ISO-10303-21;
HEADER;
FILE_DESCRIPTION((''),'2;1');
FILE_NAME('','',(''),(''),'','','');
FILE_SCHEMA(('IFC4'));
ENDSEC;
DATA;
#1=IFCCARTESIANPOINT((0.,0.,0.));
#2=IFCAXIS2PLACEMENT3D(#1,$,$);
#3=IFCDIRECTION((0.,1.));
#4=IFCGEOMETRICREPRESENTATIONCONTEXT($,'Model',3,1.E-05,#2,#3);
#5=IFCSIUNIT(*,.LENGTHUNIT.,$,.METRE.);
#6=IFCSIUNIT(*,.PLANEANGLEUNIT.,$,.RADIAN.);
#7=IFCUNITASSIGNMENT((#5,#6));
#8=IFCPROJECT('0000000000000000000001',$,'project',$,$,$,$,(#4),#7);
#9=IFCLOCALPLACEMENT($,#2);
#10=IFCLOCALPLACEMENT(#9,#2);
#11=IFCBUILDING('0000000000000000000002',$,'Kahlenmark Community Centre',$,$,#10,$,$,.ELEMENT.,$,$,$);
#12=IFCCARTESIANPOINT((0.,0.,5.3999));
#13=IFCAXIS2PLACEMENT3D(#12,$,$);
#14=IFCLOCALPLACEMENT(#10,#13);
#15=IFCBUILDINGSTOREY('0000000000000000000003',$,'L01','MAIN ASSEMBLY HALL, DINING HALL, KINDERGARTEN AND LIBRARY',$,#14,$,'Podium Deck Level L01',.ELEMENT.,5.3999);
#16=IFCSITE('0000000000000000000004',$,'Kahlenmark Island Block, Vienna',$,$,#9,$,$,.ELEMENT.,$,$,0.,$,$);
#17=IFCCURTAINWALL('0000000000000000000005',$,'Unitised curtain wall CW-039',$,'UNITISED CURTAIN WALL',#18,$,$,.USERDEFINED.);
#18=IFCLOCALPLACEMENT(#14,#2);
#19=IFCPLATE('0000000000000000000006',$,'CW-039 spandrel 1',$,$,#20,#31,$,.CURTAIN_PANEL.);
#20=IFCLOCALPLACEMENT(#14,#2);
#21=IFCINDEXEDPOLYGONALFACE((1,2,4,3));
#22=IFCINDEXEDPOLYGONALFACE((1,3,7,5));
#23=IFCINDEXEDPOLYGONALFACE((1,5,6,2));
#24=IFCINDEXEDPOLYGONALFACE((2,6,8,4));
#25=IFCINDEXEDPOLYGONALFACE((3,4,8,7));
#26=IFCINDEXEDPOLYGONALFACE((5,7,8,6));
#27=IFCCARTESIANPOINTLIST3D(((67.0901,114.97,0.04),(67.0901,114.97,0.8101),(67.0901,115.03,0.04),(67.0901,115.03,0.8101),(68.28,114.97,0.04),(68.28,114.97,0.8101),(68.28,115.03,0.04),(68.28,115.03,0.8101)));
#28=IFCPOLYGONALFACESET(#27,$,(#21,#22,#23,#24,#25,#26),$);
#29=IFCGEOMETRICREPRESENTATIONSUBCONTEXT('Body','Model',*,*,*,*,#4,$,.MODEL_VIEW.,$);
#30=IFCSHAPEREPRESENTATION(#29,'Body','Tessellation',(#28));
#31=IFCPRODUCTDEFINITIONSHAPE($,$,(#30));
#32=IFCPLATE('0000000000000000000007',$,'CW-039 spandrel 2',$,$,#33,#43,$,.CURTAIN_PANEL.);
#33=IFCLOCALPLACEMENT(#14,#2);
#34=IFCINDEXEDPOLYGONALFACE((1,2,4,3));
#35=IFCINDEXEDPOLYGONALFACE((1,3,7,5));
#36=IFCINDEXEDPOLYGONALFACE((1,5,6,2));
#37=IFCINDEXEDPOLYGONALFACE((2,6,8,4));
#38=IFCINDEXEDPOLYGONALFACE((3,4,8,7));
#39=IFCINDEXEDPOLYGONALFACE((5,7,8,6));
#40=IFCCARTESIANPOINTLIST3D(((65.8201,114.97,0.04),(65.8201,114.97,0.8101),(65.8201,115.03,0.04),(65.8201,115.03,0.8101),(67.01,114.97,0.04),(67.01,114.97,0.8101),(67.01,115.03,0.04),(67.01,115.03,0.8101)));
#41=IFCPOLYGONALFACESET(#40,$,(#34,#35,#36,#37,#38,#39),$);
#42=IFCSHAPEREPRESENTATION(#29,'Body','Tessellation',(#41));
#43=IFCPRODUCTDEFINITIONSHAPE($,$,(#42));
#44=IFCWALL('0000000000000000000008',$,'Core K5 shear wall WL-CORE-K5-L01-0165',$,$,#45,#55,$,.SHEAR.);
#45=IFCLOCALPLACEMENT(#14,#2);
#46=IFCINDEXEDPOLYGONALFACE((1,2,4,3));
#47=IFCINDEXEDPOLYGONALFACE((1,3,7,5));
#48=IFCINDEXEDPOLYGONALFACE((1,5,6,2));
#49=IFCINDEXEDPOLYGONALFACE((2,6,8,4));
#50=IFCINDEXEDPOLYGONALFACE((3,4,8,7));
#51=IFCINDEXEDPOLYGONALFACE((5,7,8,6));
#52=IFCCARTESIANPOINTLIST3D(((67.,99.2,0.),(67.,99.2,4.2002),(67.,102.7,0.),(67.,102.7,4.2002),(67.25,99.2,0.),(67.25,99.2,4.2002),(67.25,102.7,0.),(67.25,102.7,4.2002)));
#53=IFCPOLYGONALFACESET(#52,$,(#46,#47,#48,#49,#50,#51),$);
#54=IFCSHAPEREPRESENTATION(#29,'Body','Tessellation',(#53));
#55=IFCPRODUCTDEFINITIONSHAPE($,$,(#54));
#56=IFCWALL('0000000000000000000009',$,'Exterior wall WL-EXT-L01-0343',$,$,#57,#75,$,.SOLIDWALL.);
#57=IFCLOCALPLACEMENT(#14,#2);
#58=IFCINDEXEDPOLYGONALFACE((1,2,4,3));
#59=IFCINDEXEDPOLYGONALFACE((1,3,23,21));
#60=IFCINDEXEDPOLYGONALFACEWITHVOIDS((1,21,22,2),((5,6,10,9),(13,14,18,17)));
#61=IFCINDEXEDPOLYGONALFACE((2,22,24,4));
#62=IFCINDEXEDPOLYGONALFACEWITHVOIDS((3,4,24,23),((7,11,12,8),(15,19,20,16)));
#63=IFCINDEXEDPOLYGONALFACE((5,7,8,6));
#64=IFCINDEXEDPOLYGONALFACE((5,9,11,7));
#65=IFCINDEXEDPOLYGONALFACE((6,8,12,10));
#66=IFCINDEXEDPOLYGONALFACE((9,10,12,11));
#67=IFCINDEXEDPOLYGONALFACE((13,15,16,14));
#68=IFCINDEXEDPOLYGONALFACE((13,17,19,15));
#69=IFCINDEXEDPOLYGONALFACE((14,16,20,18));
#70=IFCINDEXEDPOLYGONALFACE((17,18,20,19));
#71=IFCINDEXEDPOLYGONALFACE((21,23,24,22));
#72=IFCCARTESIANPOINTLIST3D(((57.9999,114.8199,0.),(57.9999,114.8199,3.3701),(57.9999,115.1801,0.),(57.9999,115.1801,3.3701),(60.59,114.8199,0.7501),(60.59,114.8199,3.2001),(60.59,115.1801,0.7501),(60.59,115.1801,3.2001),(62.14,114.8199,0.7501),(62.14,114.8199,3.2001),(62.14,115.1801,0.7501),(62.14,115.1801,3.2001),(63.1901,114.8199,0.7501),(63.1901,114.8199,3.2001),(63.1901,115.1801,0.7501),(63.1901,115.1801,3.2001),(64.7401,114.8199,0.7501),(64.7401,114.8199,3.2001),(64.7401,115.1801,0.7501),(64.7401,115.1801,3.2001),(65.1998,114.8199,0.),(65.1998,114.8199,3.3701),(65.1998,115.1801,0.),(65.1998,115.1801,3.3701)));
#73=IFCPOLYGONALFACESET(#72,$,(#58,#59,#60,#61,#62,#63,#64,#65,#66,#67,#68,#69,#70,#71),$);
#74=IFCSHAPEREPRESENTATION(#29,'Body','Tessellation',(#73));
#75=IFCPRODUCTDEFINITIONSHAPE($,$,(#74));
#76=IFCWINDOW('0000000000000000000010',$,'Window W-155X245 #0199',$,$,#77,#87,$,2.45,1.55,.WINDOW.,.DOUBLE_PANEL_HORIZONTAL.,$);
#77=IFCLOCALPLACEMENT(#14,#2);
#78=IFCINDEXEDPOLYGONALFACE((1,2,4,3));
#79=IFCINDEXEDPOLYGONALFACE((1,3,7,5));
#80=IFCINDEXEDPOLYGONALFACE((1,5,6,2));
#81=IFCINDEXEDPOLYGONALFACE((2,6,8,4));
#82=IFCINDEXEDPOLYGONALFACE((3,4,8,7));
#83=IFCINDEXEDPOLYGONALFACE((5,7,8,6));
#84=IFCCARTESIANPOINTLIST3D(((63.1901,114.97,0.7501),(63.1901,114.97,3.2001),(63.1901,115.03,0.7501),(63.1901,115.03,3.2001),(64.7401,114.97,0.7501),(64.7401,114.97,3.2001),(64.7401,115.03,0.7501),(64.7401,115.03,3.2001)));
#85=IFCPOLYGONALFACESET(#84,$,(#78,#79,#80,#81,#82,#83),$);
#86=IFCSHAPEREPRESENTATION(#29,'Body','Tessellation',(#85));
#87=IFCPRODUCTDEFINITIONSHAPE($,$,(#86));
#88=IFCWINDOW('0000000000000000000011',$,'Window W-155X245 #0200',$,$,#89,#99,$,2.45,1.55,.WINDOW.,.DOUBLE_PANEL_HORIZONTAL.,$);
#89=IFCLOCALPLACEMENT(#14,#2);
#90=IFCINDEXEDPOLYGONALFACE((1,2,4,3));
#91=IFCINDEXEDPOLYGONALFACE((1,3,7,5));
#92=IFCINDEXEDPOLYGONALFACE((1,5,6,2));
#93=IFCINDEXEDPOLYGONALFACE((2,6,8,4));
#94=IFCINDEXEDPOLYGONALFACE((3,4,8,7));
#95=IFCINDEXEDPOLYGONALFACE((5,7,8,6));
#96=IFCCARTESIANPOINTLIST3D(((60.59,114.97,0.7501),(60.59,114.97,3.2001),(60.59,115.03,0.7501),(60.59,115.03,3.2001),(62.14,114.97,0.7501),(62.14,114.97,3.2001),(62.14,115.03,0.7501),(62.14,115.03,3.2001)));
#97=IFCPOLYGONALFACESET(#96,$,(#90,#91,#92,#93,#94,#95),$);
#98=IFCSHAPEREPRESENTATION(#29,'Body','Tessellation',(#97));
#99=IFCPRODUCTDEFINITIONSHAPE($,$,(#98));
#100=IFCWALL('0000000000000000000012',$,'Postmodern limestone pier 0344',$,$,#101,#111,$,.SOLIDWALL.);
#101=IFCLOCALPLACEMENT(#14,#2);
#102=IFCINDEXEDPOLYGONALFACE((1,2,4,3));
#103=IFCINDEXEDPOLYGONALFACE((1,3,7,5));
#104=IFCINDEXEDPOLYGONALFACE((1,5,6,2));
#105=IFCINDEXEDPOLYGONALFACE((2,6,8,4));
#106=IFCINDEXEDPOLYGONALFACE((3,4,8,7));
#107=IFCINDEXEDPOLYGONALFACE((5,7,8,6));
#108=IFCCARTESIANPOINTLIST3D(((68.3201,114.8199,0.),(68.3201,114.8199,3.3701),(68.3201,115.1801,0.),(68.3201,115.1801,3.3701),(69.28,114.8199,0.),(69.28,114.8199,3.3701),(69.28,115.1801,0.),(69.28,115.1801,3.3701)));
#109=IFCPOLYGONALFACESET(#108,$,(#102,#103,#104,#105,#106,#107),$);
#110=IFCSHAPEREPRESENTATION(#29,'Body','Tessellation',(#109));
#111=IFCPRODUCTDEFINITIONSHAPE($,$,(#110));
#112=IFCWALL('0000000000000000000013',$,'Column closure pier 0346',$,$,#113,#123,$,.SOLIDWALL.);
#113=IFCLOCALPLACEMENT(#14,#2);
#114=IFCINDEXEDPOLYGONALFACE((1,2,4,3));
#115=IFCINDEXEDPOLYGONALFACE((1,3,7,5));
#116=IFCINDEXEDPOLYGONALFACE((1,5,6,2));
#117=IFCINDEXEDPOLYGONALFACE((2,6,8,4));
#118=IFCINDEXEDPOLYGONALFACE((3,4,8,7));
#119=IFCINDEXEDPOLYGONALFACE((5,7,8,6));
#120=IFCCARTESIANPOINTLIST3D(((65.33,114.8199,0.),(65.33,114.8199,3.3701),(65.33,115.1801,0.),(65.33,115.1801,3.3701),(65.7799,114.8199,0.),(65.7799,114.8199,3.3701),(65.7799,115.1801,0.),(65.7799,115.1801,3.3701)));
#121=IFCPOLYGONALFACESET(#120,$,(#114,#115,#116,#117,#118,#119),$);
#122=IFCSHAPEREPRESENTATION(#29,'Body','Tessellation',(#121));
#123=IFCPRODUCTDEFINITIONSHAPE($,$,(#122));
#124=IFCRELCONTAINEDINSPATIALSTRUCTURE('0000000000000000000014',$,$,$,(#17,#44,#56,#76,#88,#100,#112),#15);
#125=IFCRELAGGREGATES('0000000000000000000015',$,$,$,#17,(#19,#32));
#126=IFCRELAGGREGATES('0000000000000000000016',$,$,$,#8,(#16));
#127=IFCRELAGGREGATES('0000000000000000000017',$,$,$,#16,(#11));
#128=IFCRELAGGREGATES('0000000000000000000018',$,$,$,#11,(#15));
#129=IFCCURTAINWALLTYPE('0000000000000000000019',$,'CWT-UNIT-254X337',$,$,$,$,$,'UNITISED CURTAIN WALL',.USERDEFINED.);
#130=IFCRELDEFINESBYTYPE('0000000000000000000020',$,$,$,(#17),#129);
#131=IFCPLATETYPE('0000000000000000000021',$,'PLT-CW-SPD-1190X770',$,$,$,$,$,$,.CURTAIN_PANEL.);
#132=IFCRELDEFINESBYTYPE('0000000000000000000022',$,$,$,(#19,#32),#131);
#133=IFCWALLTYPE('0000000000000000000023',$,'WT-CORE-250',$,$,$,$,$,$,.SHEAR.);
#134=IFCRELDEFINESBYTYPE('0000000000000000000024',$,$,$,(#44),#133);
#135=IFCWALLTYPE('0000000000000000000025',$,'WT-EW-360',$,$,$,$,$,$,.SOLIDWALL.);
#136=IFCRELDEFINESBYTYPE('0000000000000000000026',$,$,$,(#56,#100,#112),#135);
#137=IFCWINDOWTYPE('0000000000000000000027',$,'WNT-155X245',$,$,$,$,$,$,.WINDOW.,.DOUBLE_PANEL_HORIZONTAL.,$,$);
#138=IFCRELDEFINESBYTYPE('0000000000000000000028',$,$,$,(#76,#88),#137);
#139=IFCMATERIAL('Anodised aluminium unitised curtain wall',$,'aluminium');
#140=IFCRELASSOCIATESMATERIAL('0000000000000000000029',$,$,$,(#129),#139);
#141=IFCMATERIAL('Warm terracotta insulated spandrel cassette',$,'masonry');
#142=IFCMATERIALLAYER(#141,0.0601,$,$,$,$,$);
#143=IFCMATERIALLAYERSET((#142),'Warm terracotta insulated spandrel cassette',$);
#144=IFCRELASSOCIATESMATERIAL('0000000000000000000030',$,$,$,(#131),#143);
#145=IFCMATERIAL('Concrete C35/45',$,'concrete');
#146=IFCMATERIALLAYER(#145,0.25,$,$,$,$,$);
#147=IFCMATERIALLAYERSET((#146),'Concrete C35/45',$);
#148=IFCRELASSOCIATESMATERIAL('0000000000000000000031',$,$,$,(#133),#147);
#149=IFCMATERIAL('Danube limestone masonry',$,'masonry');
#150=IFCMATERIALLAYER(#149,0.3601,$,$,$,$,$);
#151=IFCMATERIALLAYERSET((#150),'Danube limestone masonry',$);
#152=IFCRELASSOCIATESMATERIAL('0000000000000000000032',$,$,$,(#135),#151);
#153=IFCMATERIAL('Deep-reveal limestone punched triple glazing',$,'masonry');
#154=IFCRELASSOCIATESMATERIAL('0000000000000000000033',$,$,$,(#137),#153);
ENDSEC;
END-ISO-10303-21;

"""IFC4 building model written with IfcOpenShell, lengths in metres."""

from ifc_helpers import new_model, si_unit, direction, frame, frame_2d, origin, origin_2d, place, context, subcontext, project, spatial, rectangle, extrude, material, layer, layer_set, type_object, element, fill, aggregate, save


model = new_model("IFC4")

# Units and contexts
model_context = context("Model", 3, precision=1e-05, world=origin(), true_north=direction((0.0, 1.0)))
body_context = subcontext(model_context, "Body", "Model", "MODEL_VIEW")
ifc_project = project(units=[si_unit("LENGTHUNIT", "METRE"), si_unit("PLANEANGLEUNIT", "RADIAN")], contexts=[model_context])

# Site, building, storey
site_placement = place(None, origin())
site = spatial("IfcSite", under=ifc_project, at=site_placement, Name="Kahlenmark Island Block, Vienna", CompositionType="ELEMENT", RefElevation=0.0)
building_placement = place(site_placement, origin())
building = spatial("IfcBuilding", under=site, at=building_placement, Name="Kahlenmark Community Centre", CompositionType="ELEMENT")
storey_placement = place(building_placement, frame((0.0, 0.0, 5.3999)))
storey = spatial("IfcBuildingStorey", under=building, at=storey_placement, Name="L01", Description="MAIN ASSEMBLY HALL, DINING HALL, KINDERGARTEN AND LIBRARY", LongName="Podium Deck Level L01", CompositionType="ELEMENT", Elevation=5.3999)

# Shared definitions
ifc_material_1 = material(Name="Concrete C35/45", Category="concrete")

# Curtain wall
ifc_material_2 = material(Name="Anodised aluminium unitised curtain wall", Category="aluminium")
curtain_wall_type = type_object("IfcCurtainWallType", Name="CWT-UNIT-254X337", ElementType="UNITISED CURTAIN WALL", PredefinedType="USERDEFINED", material=ifc_material_2)
curtain_wall_1_placement = place(storey_placement, origin())
curtain_wall_1 = element("IfcCurtainWall", 1, at=curtain_wall_1_placement, inside=storey, type_object=curtain_wall_type, Name="Unitised curtain wall CW-039", ObjectType="UNITISED CURTAIN WALL", PredefinedType="USERDEFINED")

# Plates
ifc_material_3 = material(Name="Warm terracotta insulated spandrel cassette", Category="masonry")
ifc_layer_1 = layer(ifc_material_3, 0.0601)
ifc_layer_set_1 = layer_set([ifc_layer_1], Name="Warm terracotta insulated spandrel cassette")
plate_type_1 = type_object("IfcPlateType", Name="PLT-CW-SPD-1190X770", PredefinedType="CURTAIN_PANEL", material=ifc_layer_set_1)
plate_1_placement = place(storey_placement, frame((67.6851, 115.0, 0.04), z_axis=(0.0, 0.0, 1.0), x_axis=(-1.0, 0.0, 0.0)))
plate_1 = element("IfcPlate", 2, at=plate_1_placement, type_object=plate_type_1, Name="CW-039 spandrel 1", PredefinedType="CURTAIN_PANEL", context=body_context, shape_type="SweptSolid", body=[
    extrude(rectangle(XDim=1.1899, YDim=0.0601, at=origin_2d()), origin(), (0.0, 0.0, 1.0), 0.77),
])
plate_2_placement = place(storey_placement, frame((66.415, 115.0, 0.04), z_axis=(0.0, 0.0, 1.0), x_axis=(-1.0, 0.0, 0.0)))
plate_2 = element("IfcPlate", 3, at=plate_2_placement, type_object=plate_type_1, Name="CW-039 spandrel 2", PredefinedType="CURTAIN_PANEL", context=body_context, shape_type="SweptSolid", body=[
    extrude(rectangle(XDim=1.1899, YDim=0.0601, at=origin_2d()), origin(), (0.0, 0.0, 1.0), 0.77),
])
aggregate(curtain_wall_1, [plate_1, plate_2])

# Wall
ifc_layer_2 = layer(ifc_material_1, 0.25)
ifc_layer_set_2 = layer_set([ifc_layer_2], Name="Concrete C35/45")
wall_type_1 = type_object("IfcWallType", Name="WT-CORE-250", PredefinedType="SHEAR", material=ifc_layer_set_2)
wall_1_placement = place(storey_placement, frame((67.125, 99.2, 0.0), z_axis=(0.0, 0.0, 1.0), x_axis=(0.0, 1.0, 0.0)))
element("IfcWall", 4, at=wall_1_placement, inside=storey, type_object=wall_type_1, Name="Core K5 shear wall WL-CORE-K5-L01-0165", PredefinedType="SHEAR", context=body_context, shape_type="SweptSolid", body=[
    extrude(rectangle(XDim=3.5, YDim=0.25, at=frame_2d((1.75, 0.0))), origin(), (0.0, 0.0, 1.0), 4.2002),
])

# Wall, openings, windows
ifc_material_4 = material(Name="Danube limestone masonry", Category="masonry")
ifc_layer_3 = layer(ifc_material_4, 0.3601)
ifc_layer_set_3 = layer_set([ifc_layer_3], Name="Danube limestone masonry")
wall_type_2 = type_object("IfcWallType", Name="WT-EW-360", PredefinedType="SOLIDWALL", material=ifc_layer_set_3)
wall_2_placement = place(storey_placement, frame((65.2, 115.0, 0.0), z_axis=(0.0, 0.0, 1.0), x_axis=(-1.0, 0.0, 0.0)))
wall_2 = element("IfcWall", 5, at=wall_2_placement, inside=storey, type_object=wall_type_2, Name="Exterior wall WL-EXT-L01-0343", PredefinedType="SOLIDWALL", context=body_context, shape_type="SweptSolid", body=[
    extrude(rectangle(XDim=7.2, YDim=0.3601, at=frame_2d((3.6001, 0.0))), origin(), (0.0, 0.0, 1.0), 3.3701),
])
opening_1_placement = place(wall_2_placement, frame((0.46, 0.0, 0.75)))
opening_1 = element("IfcOpeningElement", 6, at=opening_1_placement, cuts=wall_2, PredefinedType="OPENING", context=body_context, shape_type="SweptSolid", body=[
    extrude(rectangle(XDim=1.55, YDim=2.45, at=frame_2d((0.7749, 1.2251))), frame((0.0, 0.1899, 0.0), z_axis=(0.0, -1.0, 0.0), x_axis=(1.0, 0.0, 0.0)), (0.0, 0.0, 1.0), 0.3801),
])
opening_2_placement = place(wall_2_placement, frame((3.0601, 0.0, 0.75)))
opening_2 = element("IfcOpeningElement", 7, at=opening_2_placement, cuts=wall_2, PredefinedType="OPENING", context=body_context, shape_type="SweptSolid", body=[
    extrude(rectangle(XDim=1.55, YDim=2.45, at=frame_2d((0.7749, 1.2251))), frame((0.0, 0.1899, 0.0), z_axis=(0.0, -1.0, 0.0), x_axis=(1.0, 0.0, 0.0)), (0.0, 0.0, 1.0), 0.3801),
])
ifc_material_5 = material(Name="Deep-reveal limestone punched triple glazing", Category="masonry")
window_type = type_object("IfcWindowType", Name="WNT-155X245", PartitioningType="DOUBLE_PANEL_HORIZONTAL", PredefinedType="WINDOW", material=ifc_material_5)
window_1_placement = place(opening_1_placement, origin())
window_1 = element("IfcWindow", 8, at=window_1_placement, inside=storey, type_object=window_type, Name="Window W-155X245 #0199", OverallHeight=2.45, OverallWidth=1.55, PartitioningType="DOUBLE_PANEL_HORIZONTAL", PredefinedType="WINDOW", context=body_context, shape_type="SweptSolid", body=[
    extrude(rectangle(XDim=1.55, YDim=2.45, at=frame_2d((0.7749, 1.2251))), frame((0.0, 0.03, 0.0), z_axis=(0.0, -1.0, 0.0), x_axis=(1.0, 0.0, 0.0)), (0.0, 0.0, 1.0), 0.0601),
])
fill(opening_1, window_1)
window_2_placement = place(opening_2_placement, origin())
window_2 = element("IfcWindow", 9, at=window_2_placement, inside=storey, type_object=window_type, Name="Window W-155X245 #0200", OverallHeight=2.45, OverallWidth=1.55, PartitioningType="DOUBLE_PANEL_HORIZONTAL", PredefinedType="WINDOW", context=body_context, shape_type="SweptSolid", body=[
    extrude(rectangle(XDim=1.55, YDim=2.45, at=frame_2d((0.7749, 1.2251))), frame((0.0, 0.03, 0.0), z_axis=(0.0, -1.0, 0.0), x_axis=(1.0, 0.0, 0.0)), (0.0, 0.0, 1.0), 0.0601),
])
fill(opening_2, window_2)

# Walls
wall_3_placement = place(storey_placement, frame((69.28, 115.0, 0.0), z_axis=(0.0, 0.0, 1.0), x_axis=(-1.0, 0.0, 0.0)))
element("IfcWall", 10, at=wall_3_placement, inside=storey, type_object=wall_type_2, Name="Postmodern limestone pier 0344", PredefinedType="SOLIDWALL", context=body_context, shape_type="SweptSolid", body=[
    extrude(rectangle(XDim=0.96, YDim=0.3601, at=frame_2d((0.48, 0.0))), origin(), (0.0, 0.0, 1.0), 3.3701),
])
wall_4_placement = place(storey_placement, frame((65.78, 115.0, 0.0), z_axis=(0.0, 0.0, 1.0), x_axis=(-1.0, 0.0, 0.0)))
element("IfcWall", 11, at=wall_4_placement, inside=storey, type_object=wall_type_2, Name="Column closure pier 0346", PredefinedType="SOLIDWALL", context=body_context, shape_type="SweptSolid", body=[
    extrude(rectangle(XDim=0.45, YDim=0.3601, at=frame_2d((0.2251, 0.0))), origin(), (0.0, 0.0, 1.0), 3.3701),
])

save(model, "model.ifc")
